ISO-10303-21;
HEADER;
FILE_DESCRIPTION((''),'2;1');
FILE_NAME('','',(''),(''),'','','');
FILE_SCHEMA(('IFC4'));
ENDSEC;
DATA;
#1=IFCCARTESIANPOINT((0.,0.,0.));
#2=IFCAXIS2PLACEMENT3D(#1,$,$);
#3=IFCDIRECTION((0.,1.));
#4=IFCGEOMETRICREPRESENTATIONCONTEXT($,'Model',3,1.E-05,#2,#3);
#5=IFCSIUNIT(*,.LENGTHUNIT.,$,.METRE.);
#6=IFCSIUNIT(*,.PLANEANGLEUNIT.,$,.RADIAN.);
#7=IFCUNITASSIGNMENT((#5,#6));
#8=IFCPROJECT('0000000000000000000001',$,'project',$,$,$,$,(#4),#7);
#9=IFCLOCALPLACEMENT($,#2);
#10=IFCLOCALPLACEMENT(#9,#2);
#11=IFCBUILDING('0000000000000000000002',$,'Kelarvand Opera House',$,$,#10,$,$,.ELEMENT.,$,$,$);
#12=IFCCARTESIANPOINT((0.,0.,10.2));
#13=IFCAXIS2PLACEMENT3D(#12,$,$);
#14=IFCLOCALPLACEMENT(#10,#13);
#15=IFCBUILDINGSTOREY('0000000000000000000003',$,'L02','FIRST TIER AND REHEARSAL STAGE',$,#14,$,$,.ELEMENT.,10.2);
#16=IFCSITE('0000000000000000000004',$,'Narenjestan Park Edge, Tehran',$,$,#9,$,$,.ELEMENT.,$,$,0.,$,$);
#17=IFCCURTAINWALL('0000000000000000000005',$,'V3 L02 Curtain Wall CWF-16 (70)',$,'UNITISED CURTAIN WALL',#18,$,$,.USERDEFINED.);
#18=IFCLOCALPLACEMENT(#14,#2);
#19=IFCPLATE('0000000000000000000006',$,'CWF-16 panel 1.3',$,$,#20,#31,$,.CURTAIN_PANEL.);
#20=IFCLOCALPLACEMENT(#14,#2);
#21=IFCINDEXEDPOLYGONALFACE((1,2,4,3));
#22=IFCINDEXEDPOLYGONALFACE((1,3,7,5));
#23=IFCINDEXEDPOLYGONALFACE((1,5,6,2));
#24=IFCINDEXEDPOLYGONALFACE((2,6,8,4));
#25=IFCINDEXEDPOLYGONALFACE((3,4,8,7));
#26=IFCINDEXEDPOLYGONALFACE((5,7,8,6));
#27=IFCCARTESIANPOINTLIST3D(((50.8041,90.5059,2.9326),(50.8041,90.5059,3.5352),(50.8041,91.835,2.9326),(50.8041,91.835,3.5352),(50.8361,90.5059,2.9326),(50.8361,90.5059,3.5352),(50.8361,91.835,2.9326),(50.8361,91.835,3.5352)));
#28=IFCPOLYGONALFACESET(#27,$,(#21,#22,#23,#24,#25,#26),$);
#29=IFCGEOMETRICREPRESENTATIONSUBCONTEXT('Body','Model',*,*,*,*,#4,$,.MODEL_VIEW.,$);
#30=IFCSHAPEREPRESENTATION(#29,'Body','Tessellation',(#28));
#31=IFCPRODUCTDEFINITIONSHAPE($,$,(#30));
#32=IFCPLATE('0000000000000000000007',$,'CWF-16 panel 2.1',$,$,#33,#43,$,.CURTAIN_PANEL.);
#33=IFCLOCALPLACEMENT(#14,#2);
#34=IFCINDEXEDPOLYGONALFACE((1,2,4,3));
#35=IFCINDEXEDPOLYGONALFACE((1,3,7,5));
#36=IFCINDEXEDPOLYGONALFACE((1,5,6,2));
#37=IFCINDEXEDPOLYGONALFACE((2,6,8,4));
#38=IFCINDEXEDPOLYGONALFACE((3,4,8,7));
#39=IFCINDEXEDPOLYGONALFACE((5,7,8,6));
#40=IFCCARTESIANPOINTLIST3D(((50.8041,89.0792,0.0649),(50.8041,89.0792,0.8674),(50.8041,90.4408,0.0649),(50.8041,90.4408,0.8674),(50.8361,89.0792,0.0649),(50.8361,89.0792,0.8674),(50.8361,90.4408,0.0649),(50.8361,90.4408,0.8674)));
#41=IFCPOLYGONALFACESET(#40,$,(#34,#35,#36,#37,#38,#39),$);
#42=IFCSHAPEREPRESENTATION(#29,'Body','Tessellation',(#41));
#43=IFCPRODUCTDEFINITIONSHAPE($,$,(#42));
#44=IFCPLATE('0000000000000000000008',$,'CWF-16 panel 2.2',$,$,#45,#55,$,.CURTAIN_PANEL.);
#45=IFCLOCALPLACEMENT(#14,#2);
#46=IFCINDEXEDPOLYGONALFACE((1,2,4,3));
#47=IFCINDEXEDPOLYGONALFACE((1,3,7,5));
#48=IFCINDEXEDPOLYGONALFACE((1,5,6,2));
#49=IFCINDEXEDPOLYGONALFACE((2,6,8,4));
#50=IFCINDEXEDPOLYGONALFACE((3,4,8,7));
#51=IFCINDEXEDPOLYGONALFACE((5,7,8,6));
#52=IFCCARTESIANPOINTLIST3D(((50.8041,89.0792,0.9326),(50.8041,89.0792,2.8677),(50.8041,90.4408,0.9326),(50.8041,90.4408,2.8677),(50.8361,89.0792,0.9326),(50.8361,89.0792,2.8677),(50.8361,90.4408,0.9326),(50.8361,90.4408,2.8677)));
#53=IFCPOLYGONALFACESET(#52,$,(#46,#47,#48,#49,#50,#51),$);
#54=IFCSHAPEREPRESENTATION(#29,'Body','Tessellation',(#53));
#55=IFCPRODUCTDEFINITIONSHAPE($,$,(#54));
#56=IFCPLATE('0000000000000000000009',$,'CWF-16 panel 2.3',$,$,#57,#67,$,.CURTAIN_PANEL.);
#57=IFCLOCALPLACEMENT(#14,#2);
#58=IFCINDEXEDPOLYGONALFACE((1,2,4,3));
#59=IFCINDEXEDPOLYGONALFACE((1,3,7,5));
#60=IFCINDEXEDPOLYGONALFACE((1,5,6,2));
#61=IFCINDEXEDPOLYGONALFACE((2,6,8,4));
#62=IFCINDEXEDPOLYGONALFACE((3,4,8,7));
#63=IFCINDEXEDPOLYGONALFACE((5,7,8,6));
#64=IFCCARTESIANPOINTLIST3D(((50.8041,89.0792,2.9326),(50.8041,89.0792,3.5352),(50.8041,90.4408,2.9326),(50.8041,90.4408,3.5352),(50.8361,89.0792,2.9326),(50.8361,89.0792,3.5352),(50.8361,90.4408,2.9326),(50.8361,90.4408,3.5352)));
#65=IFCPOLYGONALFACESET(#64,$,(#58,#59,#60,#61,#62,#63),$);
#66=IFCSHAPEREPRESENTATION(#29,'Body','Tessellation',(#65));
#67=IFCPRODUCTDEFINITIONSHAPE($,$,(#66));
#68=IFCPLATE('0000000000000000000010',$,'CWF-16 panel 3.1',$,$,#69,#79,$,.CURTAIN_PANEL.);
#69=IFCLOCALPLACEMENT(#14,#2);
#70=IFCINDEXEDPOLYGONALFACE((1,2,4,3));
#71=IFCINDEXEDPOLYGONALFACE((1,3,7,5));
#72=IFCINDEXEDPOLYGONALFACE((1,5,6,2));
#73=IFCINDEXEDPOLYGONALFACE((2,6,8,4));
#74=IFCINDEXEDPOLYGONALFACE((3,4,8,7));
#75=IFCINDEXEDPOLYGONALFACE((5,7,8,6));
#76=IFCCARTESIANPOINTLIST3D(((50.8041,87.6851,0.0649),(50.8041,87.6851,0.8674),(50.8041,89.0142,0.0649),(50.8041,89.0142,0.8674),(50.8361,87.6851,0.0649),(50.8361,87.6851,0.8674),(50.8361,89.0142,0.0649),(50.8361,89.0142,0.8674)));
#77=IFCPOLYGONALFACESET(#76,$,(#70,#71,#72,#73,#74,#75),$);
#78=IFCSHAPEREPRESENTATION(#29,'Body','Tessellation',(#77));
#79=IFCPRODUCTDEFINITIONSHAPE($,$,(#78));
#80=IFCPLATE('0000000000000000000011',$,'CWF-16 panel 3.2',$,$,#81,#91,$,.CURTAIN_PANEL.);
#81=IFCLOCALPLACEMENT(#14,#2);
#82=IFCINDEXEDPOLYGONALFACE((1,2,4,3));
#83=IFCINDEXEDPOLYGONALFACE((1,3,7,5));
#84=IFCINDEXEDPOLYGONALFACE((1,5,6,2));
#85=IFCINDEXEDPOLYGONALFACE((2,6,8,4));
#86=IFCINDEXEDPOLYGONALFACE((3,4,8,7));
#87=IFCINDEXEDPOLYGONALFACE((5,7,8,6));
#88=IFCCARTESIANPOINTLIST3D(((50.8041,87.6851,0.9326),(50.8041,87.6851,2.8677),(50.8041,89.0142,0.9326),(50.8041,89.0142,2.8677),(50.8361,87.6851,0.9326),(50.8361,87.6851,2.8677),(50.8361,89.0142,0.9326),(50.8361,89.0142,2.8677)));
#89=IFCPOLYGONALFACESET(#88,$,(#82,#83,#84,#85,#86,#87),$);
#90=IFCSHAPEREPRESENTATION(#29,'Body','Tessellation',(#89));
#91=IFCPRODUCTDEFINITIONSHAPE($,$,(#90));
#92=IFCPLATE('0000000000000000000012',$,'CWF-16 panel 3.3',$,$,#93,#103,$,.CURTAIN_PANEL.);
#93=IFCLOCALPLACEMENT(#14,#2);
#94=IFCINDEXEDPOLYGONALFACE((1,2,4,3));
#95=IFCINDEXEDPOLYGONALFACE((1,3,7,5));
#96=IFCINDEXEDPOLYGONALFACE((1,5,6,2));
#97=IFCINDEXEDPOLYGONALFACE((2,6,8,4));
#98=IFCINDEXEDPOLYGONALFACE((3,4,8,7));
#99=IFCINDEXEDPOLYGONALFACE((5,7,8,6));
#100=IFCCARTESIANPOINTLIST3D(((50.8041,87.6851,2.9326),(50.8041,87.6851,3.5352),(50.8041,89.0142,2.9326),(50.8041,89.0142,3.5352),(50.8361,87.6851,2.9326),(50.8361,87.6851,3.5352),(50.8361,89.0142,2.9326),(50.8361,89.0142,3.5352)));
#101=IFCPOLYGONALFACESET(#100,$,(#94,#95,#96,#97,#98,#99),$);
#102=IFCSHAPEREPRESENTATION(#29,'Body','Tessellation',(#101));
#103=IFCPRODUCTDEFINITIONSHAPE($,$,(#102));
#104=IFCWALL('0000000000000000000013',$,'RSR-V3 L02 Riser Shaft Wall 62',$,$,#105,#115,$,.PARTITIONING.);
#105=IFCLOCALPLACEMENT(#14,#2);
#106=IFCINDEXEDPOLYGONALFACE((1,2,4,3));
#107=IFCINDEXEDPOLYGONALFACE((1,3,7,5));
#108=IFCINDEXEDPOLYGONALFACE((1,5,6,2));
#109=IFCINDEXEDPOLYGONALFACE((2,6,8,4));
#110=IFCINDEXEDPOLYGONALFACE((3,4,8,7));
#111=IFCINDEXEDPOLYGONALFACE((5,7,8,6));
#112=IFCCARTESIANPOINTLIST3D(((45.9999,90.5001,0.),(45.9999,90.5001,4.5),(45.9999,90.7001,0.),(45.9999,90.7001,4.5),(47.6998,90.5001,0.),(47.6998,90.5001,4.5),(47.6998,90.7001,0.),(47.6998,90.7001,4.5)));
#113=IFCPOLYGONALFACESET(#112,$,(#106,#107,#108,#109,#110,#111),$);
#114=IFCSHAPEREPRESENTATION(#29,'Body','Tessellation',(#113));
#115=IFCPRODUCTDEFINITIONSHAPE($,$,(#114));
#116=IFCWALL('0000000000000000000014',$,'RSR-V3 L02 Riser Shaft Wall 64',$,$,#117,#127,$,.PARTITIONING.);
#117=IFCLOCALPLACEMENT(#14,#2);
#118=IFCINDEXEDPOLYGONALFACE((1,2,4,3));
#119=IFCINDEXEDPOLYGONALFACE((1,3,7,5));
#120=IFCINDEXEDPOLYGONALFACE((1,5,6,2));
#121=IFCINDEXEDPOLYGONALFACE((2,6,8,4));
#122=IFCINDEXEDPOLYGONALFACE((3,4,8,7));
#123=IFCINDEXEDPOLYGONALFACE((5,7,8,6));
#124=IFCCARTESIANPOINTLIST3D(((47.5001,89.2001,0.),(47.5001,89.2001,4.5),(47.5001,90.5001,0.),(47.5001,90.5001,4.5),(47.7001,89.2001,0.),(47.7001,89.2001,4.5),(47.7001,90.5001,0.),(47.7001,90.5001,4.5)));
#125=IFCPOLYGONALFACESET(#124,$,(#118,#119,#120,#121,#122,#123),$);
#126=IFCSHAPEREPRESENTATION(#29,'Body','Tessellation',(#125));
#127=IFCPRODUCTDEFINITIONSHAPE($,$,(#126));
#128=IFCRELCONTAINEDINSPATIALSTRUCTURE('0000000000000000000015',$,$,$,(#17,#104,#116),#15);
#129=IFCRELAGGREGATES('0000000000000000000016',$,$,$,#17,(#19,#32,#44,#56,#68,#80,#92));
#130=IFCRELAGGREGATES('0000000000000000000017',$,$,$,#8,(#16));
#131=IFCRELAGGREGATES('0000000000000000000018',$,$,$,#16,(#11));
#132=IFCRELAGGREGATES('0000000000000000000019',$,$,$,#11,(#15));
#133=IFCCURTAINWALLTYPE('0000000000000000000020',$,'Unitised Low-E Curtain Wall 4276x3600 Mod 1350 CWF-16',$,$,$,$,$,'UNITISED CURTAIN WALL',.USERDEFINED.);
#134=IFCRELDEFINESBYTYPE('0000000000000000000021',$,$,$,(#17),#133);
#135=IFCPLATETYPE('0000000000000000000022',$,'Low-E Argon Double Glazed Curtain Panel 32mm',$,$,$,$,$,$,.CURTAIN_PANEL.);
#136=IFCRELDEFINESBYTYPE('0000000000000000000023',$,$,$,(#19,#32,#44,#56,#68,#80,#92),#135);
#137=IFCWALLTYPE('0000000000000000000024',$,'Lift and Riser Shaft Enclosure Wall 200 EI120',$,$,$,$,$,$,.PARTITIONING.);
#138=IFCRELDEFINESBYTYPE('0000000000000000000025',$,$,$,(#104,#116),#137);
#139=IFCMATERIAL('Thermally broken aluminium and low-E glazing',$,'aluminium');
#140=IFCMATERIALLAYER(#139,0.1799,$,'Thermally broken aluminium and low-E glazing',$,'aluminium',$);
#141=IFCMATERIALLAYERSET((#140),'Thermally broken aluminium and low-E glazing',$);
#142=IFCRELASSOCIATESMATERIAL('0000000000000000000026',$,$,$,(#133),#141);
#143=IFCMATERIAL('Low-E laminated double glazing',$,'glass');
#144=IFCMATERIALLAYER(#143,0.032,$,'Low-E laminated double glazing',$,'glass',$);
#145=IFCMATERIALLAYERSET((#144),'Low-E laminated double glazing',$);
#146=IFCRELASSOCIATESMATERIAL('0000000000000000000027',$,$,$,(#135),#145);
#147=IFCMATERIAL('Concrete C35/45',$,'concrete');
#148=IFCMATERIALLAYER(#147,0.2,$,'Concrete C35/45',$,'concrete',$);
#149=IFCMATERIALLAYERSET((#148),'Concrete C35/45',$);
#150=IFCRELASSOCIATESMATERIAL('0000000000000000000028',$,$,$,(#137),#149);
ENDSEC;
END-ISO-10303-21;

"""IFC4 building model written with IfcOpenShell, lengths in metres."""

from ifc_helpers import new_model, si_unit, direction, frame, frame_2d, origin, origin_2d, place, context, subcontext, project, spatial, rectangle, extrude, material, layer, layer_set, type_object, element, aggregate, save


model = new_model("IFC4")

# Units and contexts
model_context = context("Model", 3, precision=1e-05, world=origin(), true_north=direction((0.0, 1.0)))
body_context = subcontext(model_context, "Body", "Model", "MODEL_VIEW")
ifc_project = project(units=[si_unit("LENGTHUNIT", "METRE"), si_unit("PLANEANGLEUNIT", "RADIAN")], contexts=[model_context])

# Site, building, storey
site_placement = place(None, origin())
site = spatial("IfcSite", under=ifc_project, at=site_placement, Name="Narenjestan Park Edge, Tehran", CompositionType="ELEMENT", RefElevation=0.0)
building_placement = place(site_placement, origin())
building = spatial("IfcBuilding", under=site, at=building_placement, Name="Kelarvand Opera House", CompositionType="ELEMENT")
storey_placement = place(building_placement, frame((0.0, 0.0, 10.2)))
storey = spatial("IfcBuildingStorey", under=building, at=storey_placement, Name="L02", Description="FIRST TIER AND REHEARSAL STAGE", CompositionType="ELEMENT", Elevation=10.2)

# Curtain wall
ifc_material_1 = material(Name="Thermally broken aluminium and low-E glazing", Category="aluminium")
ifc_layer_1 = layer(ifc_material_1, 0.1799, Name="Thermally broken aluminium and low-E glazing", Category="aluminium")
ifc_layer_set_1 = layer_set([ifc_layer_1], Name="Thermally broken aluminium and low-E glazing")
curtain_wall_type_1 = type_object("IfcCurtainWallType", Name="Unitised Low-E Curtain Wall 4276x3600 Mod 1350 CWF-16", ElementType="UNITISED CURTAIN WALL", PredefinedType="USERDEFINED", material=ifc_layer_set_1)
curtain_wall_1_placement = place(storey_placement, origin())
curtain_wall_1 = element("IfcCurtainWall", 1, at=curtain_wall_1_placement, inside=storey, type_object=curtain_wall_type_1, Name="V3 L02 Curtain Wall CWF-16 (70)", ObjectType="UNITISED CURTAIN WALL", PredefinedType="USERDEFINED")

# Plates
ifc_material_2 = material(Name="Low-E laminated double glazing", Category="glass")
ifc_layer_2 = layer(ifc_material_2, 0.032, Name="Low-E laminated double glazing", Category="glass")
ifc_layer_set_2 = layer_set([ifc_layer_2], Name="Low-E laminated double glazing")
plate_type = type_object("IfcPlateType", Name="Low-E Argon Double Glazed Curtain Panel 32mm", PredefinedType="CURTAIN_PANEL", material=ifc_layer_set_2)
plate_1_placement = place(storey_placement, frame((50.8201, 91.1704, 2.9326), z_axis=(0.0, 0.0, 1.0), x_axis=(0.0, -1.0, 0.0)))
plate_1 = element("IfcPlate", 2, at=plate_1_placement, type_object=plate_type, Name="CWF-16 panel 1.3", PredefinedType="CURTAIN_PANEL", context=body_context, shape_type="SweptSolid", body=[
    extrude(rectangle(XDim=1.3291, YDim=0.032, at=origin_2d()), origin(), (0.0, 0.0, 1.0), 0.6025),
])
plate_2_placement = place(storey_placement, frame((50.8201, 89.76, 0.0649), z_axis=(0.0, 0.0, 1.0), x_axis=(0.0, -1.0, 0.0)))
plate_2 = element("IfcPlate", 3, at=plate_2_placement, type_object=plate_type, Name="CWF-16 panel 2.1", PredefinedType="CURTAIN_PANEL", context=body_context, shape_type="SweptSolid", body=[
    extrude(rectangle(XDim=1.3616, YDim=0.032, at=origin_2d()), origin(), (0.0, 0.0, 1.0), 0.8025),
])
plate_3_placement = place(storey_placement, frame((50.8201, 89.76, 0.9326), z_axis=(0.0, 0.0, 1.0), x_axis=(0.0, -1.0, 0.0)))
plate_3 = element("IfcPlate", 4, at=plate_3_placement, type_object=plate_type, Name="CWF-16 panel 2.2", PredefinedType="CURTAIN_PANEL", context=body_context, shape_type="SweptSolid", body=[
    extrude(rectangle(XDim=1.3616, YDim=0.032, at=origin_2d()), origin(), (0.0, 0.0, 1.0), 1.9351),
])
plate_4_placement = place(storey_placement, frame((50.8201, 89.76, 2.9326), z_axis=(0.0, 0.0, 1.0), x_axis=(0.0, -1.0, 0.0)))
plate_4 = element("IfcPlate", 5, at=plate_4_placement, type_object=plate_type, Name="CWF-16 panel 2.3", PredefinedType="CURTAIN_PANEL", context=body_context, shape_type="SweptSolid", body=[
    extrude(rectangle(XDim=1.3616, YDim=0.032, at=origin_2d()), origin(), (0.0, 0.0, 1.0), 0.6025),
])
plate_5_placement = place(storey_placement, frame((50.8201, 88.3496, 0.0649), z_axis=(0.0, 0.0, 1.0), x_axis=(0.0, -1.0, 0.0)))
plate_5 = element("IfcPlate", 6, at=plate_5_placement, type_object=plate_type, Name="CWF-16 panel 3.1", PredefinedType="CURTAIN_PANEL", context=body_context, shape_type="SweptSolid", body=[
    extrude(rectangle(XDim=1.3291, YDim=0.032, at=origin_2d()), origin(), (0.0, 0.0, 1.0), 0.8025),
])
plate_6_placement = place(storey_placement, frame((50.8201, 88.3496, 0.9326), z_axis=(0.0, 0.0, 1.0), x_axis=(0.0, -1.0, 0.0)))
plate_6 = element("IfcPlate", 7, at=plate_6_placement, type_object=plate_type, Name="CWF-16 panel 3.2", PredefinedType="CURTAIN_PANEL", context=body_context, shape_type="SweptSolid", body=[
    extrude(rectangle(XDim=1.3291, YDim=0.032, at=origin_2d()), origin(), (0.0, 0.0, 1.0), 1.9351),
])
plate_7_placement = place(storey_placement, frame((50.8201, 88.3496, 2.9326), z_axis=(0.0, 0.0, 1.0), x_axis=(0.0, -1.0, 0.0)))
plate_7 = element("IfcPlate", 8, at=plate_7_placement, type_object=plate_type, Name="CWF-16 panel 3.3", PredefinedType="CURTAIN_PANEL", context=body_context, shape_type="SweptSolid", body=[
    extrude(rectangle(XDim=1.3291, YDim=0.032, at=origin_2d()), origin(), (0.0, 0.0, 1.0), 0.6025),
])
aggregate(curtain_wall_1, [plate_1, plate_2, plate_3, plate_4, plate_5, plate_6, plate_7])

# Walls
ifc_material_3 = material(Name="Concrete C35/45", Category="concrete")
ifc_layer_3 = layer(ifc_material_3, 0.2, Name="Concrete C35/45", Category="concrete")
ifc_layer_set_3 = layer_set([ifc_layer_3], Name="Concrete C35/45")
wall_type = type_object("IfcWallType", Name="Lift and Riser Shaft Enclosure Wall 200 EI120", PredefinedType="PARTITIONING", material=ifc_layer_set_3)
wall_1_placement = place(storey_placement, frame((47.7, 90.6001, 0.0), z_axis=(0.0, 0.0, 1.0), x_axis=(-1.0, 0.0, 0.0)))
element("IfcWall", 9, at=wall_1_placement, inside=storey, type_object=wall_type, Name="RSR-V3 L02 Riser Shaft Wall 62", PredefinedType="PARTITIONING", context=body_context, shape_type="SweptSolid", body=[
    extrude(rectangle(XDim=1.7, YDim=0.2, at=frame_2d((0.8501, 0.0))), origin(), (0.0, 0.0, 1.0), 4.5),
])
wall_2_placement = place(storey_placement, frame((47.6001, 90.5, 0.0), z_axis=(0.0, 0.0, 1.0), x_axis=(0.0, -1.0, 0.0)))
element("IfcWall", 10, at=wall_2_placement, inside=storey, type_object=wall_type, Name="RSR-V3 L02 Riser Shaft Wall 64", PredefinedType="PARTITIONING", context=body_context, shape_type="SweptSolid", body=[
    extrude(rectangle(XDim=1.3, YDim=0.2, at=frame_2d((0.6499, 0.0))), origin(), (0.0, 0.0, 1.0), 4.5),
])

save(model, "model.ifc")
